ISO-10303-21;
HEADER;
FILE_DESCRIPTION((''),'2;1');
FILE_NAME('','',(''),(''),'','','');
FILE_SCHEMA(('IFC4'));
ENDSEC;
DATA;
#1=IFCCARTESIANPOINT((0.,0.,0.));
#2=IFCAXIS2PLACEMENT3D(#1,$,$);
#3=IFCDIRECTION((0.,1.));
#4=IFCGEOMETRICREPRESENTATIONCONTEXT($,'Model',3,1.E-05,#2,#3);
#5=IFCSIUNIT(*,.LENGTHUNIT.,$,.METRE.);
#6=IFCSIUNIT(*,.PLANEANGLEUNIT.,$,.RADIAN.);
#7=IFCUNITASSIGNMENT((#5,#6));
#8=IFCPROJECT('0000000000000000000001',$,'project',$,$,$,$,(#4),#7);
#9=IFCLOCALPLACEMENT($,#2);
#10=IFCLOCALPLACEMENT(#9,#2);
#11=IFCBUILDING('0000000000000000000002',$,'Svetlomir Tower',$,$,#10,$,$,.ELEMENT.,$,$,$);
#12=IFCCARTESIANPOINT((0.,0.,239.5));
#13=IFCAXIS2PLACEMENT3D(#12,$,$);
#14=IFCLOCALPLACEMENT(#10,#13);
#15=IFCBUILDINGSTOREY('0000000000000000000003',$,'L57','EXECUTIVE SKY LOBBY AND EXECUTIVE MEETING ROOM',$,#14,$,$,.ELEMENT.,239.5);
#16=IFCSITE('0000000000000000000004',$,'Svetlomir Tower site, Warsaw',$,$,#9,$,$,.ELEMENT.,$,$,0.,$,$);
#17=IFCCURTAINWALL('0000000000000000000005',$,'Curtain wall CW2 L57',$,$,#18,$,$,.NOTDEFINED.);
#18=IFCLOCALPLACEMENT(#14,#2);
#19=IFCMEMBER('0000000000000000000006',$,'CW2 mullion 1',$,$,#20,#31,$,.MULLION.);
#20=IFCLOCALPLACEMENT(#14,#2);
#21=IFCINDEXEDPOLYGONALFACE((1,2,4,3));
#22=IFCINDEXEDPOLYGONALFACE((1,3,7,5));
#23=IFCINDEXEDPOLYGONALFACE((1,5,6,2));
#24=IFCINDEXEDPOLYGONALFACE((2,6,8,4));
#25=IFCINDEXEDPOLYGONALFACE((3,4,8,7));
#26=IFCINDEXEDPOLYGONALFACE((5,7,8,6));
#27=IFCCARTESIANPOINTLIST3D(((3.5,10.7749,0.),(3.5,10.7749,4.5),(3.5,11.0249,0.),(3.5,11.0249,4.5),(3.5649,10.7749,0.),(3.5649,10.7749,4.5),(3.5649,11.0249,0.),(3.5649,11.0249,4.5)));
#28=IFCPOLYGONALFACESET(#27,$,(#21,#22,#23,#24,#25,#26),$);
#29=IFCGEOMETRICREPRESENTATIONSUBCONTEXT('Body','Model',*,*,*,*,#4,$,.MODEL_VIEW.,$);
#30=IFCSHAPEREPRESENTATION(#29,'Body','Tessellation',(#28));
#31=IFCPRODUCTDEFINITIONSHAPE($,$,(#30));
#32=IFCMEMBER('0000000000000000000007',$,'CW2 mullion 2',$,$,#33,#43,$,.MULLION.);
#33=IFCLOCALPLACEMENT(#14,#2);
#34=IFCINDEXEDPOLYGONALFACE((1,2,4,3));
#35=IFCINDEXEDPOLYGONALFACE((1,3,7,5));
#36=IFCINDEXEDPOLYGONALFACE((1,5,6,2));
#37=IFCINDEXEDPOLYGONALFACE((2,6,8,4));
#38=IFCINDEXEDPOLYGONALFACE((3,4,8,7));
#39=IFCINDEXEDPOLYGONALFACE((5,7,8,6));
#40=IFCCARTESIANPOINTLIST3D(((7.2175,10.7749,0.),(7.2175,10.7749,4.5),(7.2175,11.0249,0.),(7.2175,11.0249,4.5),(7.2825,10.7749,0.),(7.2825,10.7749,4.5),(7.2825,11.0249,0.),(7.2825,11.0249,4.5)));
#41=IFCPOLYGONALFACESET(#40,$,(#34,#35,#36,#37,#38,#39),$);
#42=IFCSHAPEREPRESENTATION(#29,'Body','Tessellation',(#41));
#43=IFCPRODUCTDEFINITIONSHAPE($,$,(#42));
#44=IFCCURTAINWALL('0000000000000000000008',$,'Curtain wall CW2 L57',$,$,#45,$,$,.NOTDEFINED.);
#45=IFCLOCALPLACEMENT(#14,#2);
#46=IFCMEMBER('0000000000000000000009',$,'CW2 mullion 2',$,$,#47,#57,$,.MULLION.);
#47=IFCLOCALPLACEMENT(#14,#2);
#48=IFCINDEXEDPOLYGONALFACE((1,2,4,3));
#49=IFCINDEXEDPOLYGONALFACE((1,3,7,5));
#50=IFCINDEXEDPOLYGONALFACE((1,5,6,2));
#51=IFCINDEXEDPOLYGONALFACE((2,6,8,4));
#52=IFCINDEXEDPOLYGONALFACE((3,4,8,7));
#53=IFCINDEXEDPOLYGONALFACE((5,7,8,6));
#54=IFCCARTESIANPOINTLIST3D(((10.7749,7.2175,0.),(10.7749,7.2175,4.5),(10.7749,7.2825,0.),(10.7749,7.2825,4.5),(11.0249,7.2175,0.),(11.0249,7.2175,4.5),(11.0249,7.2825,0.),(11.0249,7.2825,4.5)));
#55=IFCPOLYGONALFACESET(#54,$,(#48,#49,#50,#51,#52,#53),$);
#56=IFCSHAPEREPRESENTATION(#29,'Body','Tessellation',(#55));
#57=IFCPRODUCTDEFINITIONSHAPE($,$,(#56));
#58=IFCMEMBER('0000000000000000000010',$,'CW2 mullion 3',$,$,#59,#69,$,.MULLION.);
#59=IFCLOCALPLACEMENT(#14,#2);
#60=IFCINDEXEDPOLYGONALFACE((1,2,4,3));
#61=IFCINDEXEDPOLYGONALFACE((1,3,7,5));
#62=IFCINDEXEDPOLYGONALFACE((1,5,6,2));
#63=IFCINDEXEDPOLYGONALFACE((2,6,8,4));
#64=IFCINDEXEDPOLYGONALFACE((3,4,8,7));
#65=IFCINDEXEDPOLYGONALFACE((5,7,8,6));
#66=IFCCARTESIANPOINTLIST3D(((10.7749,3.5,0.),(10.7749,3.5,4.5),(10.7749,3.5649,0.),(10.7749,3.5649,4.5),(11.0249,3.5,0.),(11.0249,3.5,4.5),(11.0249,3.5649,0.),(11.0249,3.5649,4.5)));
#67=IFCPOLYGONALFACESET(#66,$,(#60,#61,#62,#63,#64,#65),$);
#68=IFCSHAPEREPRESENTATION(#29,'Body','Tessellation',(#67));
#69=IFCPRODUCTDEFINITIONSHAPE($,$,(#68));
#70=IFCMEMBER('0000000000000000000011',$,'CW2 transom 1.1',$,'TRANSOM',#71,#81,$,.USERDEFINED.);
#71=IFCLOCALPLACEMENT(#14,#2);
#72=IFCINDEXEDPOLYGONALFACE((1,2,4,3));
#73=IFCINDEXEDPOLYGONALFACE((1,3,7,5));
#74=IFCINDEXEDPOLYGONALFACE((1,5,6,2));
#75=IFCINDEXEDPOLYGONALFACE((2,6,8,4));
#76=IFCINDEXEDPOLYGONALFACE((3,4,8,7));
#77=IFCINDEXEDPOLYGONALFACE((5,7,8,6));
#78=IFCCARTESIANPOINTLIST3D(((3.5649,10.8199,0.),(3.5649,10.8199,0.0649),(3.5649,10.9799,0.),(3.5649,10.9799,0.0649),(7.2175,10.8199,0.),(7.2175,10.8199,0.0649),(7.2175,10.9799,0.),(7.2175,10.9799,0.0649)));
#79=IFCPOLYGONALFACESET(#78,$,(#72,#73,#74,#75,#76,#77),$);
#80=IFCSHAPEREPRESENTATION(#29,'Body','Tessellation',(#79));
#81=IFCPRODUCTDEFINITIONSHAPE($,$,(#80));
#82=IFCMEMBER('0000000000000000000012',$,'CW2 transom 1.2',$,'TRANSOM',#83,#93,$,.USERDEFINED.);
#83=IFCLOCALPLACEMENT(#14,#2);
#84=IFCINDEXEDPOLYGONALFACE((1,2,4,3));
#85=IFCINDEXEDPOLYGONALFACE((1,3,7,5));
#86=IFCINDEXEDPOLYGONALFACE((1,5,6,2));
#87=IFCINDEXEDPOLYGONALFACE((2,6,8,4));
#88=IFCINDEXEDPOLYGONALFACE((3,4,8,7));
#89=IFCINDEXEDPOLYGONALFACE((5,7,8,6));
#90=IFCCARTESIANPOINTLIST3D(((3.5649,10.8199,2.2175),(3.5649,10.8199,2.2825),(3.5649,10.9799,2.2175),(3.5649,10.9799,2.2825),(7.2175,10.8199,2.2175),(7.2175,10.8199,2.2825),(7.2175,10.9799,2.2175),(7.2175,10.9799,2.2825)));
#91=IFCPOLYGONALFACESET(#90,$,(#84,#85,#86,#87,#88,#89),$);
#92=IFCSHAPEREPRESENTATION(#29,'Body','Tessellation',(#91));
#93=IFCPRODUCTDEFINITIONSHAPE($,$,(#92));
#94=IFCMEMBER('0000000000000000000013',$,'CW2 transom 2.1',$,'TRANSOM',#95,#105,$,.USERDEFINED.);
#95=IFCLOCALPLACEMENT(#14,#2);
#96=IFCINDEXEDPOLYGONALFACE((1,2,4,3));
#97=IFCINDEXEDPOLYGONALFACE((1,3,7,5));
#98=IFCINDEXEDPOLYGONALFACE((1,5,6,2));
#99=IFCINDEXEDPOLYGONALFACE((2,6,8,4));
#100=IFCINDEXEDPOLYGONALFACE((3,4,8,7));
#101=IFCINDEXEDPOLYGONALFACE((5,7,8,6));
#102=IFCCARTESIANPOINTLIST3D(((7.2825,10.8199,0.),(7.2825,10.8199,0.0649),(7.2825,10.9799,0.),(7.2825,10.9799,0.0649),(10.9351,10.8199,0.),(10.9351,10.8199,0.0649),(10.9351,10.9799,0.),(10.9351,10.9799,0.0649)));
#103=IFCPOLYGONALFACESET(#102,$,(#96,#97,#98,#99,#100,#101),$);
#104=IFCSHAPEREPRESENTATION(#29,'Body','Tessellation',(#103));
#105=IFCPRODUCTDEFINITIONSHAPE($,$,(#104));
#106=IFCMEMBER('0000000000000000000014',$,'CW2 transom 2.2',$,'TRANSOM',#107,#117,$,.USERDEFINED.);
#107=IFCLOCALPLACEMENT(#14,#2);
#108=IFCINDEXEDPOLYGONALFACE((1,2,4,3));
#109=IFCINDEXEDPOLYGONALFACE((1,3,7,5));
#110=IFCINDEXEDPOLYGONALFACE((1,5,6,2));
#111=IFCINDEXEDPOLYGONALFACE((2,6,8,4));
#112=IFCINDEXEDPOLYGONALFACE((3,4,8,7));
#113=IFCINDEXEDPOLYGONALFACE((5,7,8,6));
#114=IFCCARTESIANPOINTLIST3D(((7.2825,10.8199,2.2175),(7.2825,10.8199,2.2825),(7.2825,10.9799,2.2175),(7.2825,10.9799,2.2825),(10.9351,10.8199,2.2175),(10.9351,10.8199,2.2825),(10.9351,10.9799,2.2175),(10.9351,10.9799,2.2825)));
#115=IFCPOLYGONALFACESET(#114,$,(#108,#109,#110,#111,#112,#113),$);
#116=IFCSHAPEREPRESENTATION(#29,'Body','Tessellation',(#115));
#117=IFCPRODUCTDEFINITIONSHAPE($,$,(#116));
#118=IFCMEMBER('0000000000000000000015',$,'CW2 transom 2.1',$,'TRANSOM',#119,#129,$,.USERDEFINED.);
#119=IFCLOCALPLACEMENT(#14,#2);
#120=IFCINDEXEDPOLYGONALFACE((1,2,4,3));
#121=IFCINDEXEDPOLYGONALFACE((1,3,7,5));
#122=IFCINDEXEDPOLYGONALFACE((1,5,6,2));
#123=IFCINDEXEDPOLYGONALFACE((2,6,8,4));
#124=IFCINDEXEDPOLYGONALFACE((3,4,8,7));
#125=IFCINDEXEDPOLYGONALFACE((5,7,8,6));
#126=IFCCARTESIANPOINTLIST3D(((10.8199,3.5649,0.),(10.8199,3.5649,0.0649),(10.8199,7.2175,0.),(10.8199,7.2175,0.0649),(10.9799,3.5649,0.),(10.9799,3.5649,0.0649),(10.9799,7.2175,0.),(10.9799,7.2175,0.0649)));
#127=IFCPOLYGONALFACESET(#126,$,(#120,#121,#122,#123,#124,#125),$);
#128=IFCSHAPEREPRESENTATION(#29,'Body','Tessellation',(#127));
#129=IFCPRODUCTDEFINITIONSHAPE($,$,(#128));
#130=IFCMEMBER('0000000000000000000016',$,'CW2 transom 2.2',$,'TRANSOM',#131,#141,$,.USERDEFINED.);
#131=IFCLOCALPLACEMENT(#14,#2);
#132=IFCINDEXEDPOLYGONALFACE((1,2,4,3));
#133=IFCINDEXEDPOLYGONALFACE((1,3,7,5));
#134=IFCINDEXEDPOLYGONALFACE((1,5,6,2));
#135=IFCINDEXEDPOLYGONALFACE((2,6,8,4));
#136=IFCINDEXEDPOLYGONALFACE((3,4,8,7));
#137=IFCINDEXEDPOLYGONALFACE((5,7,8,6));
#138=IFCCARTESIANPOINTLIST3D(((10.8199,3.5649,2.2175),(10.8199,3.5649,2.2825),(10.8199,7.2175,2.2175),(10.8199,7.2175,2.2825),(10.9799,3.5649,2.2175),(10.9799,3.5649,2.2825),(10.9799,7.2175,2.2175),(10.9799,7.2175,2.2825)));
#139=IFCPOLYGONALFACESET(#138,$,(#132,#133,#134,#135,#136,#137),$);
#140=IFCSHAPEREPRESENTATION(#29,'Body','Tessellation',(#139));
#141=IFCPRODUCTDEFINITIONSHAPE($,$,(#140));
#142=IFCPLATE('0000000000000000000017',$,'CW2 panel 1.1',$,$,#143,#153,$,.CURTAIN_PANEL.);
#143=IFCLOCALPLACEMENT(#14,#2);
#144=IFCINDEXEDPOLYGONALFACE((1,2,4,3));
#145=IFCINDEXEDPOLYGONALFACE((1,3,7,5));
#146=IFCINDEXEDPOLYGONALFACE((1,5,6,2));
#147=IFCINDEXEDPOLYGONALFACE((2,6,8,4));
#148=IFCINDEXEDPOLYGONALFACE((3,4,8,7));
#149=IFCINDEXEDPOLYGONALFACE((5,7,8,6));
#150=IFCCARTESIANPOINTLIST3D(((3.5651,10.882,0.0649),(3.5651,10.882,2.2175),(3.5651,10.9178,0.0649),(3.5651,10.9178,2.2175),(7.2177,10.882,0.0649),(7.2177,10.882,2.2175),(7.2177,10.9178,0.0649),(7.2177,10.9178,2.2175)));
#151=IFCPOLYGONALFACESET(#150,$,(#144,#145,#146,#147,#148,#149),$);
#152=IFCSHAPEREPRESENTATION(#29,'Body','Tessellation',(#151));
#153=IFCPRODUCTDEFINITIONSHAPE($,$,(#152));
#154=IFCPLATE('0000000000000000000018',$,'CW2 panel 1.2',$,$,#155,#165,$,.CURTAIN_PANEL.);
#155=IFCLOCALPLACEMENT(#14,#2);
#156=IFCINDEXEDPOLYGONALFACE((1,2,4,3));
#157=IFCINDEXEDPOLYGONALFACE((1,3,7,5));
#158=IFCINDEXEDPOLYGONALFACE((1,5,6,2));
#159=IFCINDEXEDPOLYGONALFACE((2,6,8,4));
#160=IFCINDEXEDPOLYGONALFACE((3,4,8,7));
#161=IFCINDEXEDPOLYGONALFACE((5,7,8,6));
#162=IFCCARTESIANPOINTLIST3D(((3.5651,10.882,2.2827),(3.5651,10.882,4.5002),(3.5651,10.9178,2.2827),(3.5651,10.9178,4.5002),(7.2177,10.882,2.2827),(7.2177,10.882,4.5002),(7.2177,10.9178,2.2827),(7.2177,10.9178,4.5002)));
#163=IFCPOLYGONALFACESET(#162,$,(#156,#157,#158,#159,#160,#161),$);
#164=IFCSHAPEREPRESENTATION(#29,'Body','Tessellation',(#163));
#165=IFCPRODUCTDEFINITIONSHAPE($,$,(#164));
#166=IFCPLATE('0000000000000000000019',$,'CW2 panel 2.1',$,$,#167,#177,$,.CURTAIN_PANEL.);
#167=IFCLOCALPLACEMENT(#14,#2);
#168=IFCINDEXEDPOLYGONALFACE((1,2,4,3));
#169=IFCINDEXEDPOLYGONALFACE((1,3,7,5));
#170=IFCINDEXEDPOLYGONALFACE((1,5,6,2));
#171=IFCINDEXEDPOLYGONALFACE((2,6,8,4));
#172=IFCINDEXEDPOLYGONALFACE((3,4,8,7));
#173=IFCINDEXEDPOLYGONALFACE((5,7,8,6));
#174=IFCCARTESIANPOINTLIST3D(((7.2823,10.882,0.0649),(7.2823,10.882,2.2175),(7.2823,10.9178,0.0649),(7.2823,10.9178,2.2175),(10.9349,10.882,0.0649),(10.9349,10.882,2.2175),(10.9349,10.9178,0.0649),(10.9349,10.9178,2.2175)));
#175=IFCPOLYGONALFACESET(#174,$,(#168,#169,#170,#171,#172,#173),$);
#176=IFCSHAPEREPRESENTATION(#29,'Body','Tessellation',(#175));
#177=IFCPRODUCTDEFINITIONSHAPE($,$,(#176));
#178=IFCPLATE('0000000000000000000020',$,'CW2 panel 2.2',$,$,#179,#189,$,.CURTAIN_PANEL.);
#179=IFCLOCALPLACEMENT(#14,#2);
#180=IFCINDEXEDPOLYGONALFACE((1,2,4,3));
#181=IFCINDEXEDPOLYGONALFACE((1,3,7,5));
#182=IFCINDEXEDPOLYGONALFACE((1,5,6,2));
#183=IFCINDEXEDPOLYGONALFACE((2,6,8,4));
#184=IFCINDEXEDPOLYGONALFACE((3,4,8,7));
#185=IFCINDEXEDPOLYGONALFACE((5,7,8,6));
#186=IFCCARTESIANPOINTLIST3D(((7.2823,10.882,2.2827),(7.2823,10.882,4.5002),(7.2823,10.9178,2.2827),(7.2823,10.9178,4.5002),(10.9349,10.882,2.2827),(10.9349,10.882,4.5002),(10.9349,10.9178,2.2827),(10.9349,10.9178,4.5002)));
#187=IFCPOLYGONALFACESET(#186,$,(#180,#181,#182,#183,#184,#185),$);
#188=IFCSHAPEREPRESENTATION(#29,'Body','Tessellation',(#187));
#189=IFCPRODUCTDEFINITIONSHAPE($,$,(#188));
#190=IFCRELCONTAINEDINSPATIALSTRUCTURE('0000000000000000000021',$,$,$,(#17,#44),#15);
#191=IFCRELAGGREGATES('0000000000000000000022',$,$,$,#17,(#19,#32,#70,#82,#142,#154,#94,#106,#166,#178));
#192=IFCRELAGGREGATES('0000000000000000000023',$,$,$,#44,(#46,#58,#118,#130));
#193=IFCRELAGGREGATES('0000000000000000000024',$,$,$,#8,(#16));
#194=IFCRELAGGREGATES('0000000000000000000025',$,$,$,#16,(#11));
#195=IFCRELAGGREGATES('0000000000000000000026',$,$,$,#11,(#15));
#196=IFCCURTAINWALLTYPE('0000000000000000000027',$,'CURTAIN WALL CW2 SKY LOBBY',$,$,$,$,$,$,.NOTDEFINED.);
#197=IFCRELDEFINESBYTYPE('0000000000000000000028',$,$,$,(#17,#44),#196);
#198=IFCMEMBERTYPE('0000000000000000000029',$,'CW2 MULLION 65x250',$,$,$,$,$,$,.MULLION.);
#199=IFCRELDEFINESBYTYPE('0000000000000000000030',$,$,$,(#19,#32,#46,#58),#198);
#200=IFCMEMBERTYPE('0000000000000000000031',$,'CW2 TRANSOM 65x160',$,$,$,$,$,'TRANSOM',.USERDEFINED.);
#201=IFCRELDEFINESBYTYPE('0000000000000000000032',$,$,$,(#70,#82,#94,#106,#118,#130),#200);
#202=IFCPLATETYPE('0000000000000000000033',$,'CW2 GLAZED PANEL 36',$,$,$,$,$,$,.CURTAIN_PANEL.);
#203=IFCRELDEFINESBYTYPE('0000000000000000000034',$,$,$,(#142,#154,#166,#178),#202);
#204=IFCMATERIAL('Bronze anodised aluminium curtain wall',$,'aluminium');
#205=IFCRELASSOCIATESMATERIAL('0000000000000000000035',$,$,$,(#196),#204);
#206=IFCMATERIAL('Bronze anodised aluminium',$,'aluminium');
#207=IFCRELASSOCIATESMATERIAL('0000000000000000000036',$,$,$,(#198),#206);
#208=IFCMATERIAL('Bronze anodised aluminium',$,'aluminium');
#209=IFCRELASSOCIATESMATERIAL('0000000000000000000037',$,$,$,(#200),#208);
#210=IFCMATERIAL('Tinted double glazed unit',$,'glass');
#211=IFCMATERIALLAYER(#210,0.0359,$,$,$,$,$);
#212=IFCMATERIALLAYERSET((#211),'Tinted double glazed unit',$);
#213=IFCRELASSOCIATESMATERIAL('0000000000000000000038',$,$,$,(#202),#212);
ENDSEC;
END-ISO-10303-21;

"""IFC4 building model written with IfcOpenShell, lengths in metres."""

from ifc_helpers import new_model, si_unit, direction, frame, origin, origin_2d, place, context, subcontext, project, spatial, rectangle, extrude, material, layer, layer_set, material_profile, profile_set, type_object, element, aggregate, save


model = new_model("IFC4")

# Units and contexts
model_context = context("Model", 3, precision=1e-05, world=origin(), true_north=direction((0.0, 1.0)))
body_context = subcontext(model_context, "Body", "Model", "MODEL_VIEW")
ifc_project = project(units=[si_unit("LENGTHUNIT", "METRE"), si_unit("PLANEANGLEUNIT", "RADIAN")], contexts=[model_context])

# Site, building, storey
site_placement = place(None, origin())
site = spatial("IfcSite", under=ifc_project, at=site_placement, Name="Svetlomir Tower site, Warsaw", CompositionType="ELEMENT", RefElevation=0.0)
building_placement = place(site_placement, origin())
building = spatial("IfcBuilding", under=site, at=building_placement, Name="Svetlomir Tower", CompositionType="ELEMENT")
storey_placement = place(building_placement, frame((0.0, 0.0, 239.5)))
storey = spatial("IfcBuildingStorey", under=building, at=storey_placement, Name="L57", Description="EXECUTIVE SKY LOBBY AND EXECUTIVE MEETING ROOM", CompositionType="ELEMENT", Elevation=239.5)

# Curtain walls, members
ifc_material_1 = material(Name="Bronze anodised aluminium curtain wall", Category="aluminium")
curtain_wall_type = type_object("IfcCurtainWallType", Name="CURTAIN WALL CW2 SKY LOBBY", PredefinedType="NOTDEFINED", material=ifc_material_1)
curtain_wall_1_placement = place(storey_placement, origin())
curtain_wall_1 = element("IfcCurtainWall", 1, at=curtain_wall_1_placement, inside=storey, type_object=curtain_wall_type, Name="Curtain wall CW2 L57", PredefinedType="NOTDEFINED")
ifc_material_2 = material(Name="Bronze anodised aluminium", Category="aluminium")
ifc_material_profile_1 = material_profile(ifc_material_2, rectangle(XDim=0.0649, YDim=0.25, at=origin_2d()), Name="AL 65x250")
ifc_profile_set_1 = profile_set([ifc_material_profile_1], Name="Bronze anodised aluminium 6063-T6")
member_type_1 = type_object("IfcMemberType", Name="CW2 MULLION 65x250", PredefinedType="MULLION", material=ifc_profile_set_1)
member_1_placement = place(storey_placement, frame((3.5325, 10.8999, 0.0), z_axis=(0.0, 0.0, 1.0), x_axis=(1.0, 0.0, 0.0)))
member_1 = element("IfcMember", 2, at=member_1_placement, type_object=member_type_1, Name="CW2 mullion 1", PredefinedType="MULLION", context=body_context, shape_type="SweptSolid", body=[
    extrude(rectangle(XDim=0.0649, YDim=0.25, at=origin_2d()), origin(), (0.0, 0.0, 1.0), 4.5),
])
member_2_placement = place(storey_placement, frame((7.25, 10.8999, 0.0), z_axis=(0.0, 0.0, 1.0), x_axis=(1.0, 0.0, 0.0)))
member_2 = element("IfcMember", 3, at=member_2_placement, type_object=member_type_1, Name="CW2 mullion 2", PredefinedType="MULLION", context=body_context, shape_type="SweptSolid", body=[
    extrude(rectangle(XDim=0.0649, YDim=0.25, at=origin_2d()), origin(), (0.0, 0.0, 1.0), 4.5),
])
curtain_wall_2_placement = place(storey_placement, origin())
curtain_wall_2 = element("IfcCurtainWall", 4, at=curtain_wall_2_placement, inside=storey, type_object=curtain_wall_type, Name="Curtain wall CW2 L57", PredefinedType="NOTDEFINED")
member_3_placement = place(storey_placement, frame((10.8999, 7.25, 0.0), z_axis=(0.0, 0.0, 1.0), x_axis=(0.0, -1.0, 0.0)))
member_3 = element("IfcMember", 5, at=member_3_placement, type_object=member_type_1, Name="CW2 mullion 2", PredefinedType="MULLION", context=body_context, shape_type="SweptSolid", body=[
    extrude(rectangle(XDim=0.0649, YDim=0.25, at=origin_2d()), origin(), (0.0, 0.0, 1.0), 4.5),
])
member_4_placement = place(storey_placement, frame((10.8999, 3.5325, 0.0), z_axis=(0.0, 0.0, 1.0), x_axis=(0.0, -1.0, 0.0)))
member_4 = element("IfcMember", 6, at=member_4_placement, type_object=member_type_1, Name="CW2 mullion 3", PredefinedType="MULLION", context=body_context, shape_type="SweptSolid", body=[
    extrude(rectangle(XDim=0.0649, YDim=0.25, at=origin_2d()), origin(), (0.0, 0.0, 1.0), 4.5),
])

# Members
ifc_material_3 = material(Name="Bronze anodised aluminium", Category="aluminium")
ifc_material_profile_2 = material_profile(ifc_material_3, rectangle(XDim=0.1599, YDim=0.0649, at=origin_2d()), Name="AL 160x65")
ifc_profile_set_2 = profile_set([ifc_material_profile_2], Name="Bronze anodised aluminium 6063-T6")
member_type_2 = type_object("IfcMemberType", Name="CW2 TRANSOM 65x160", ElementType="TRANSOM", PredefinedType="USERDEFINED", material=ifc_profile_set_2)
member_5_placement = place(storey_placement, frame((3.5649, 10.8999, 0.0325), z_axis=(1.0, 0.0, 0.0), x_axis=(0.0, 1.0, 0.0)))
member_5 = element("IfcMember", 7, at=member_5_placement, type_object=member_type_2, Name="CW2 transom 1.1", ObjectType="TRANSOM", PredefinedType="USERDEFINED", context=body_context, shape_type="SweptSolid", body=[
    extrude(rectangle(XDim=0.1599, YDim=0.0649, at=origin_2d()), origin(), (0.0, 0.0, 1.0), 3.6526),
])
member_6_placement = place(storey_placement, frame((3.5649, 10.8999, 2.25), z_axis=(1.0, 0.0, 0.0), x_axis=(0.0, 1.0, 0.0)))
member_6 = element("IfcMember", 8, at=member_6_placement, type_object=member_type_2, Name="CW2 transom 1.2", ObjectType="TRANSOM", PredefinedType="USERDEFINED", context=body_context, shape_type="SweptSolid", body=[
    extrude(rectangle(XDim=0.1599, YDim=0.0649, at=origin_2d()), origin(), (0.0, 0.0, 1.0), 3.6526),
])
member_7_placement = place(storey_placement, frame((7.2825, 10.8999, 0.0325), z_axis=(1.0, 0.0, 0.0), x_axis=(0.0, 1.0, 0.0)))
member_7 = element("IfcMember", 9, at=member_7_placement, type_object=member_type_2, Name="CW2 transom 2.1", ObjectType="TRANSOM", PredefinedType="USERDEFINED", context=body_context, shape_type="SweptSolid", body=[
    extrude(rectangle(XDim=0.1599, YDim=0.0649, at=origin_2d()), origin(), (0.0, 0.0, 1.0), 3.6526),
])
member_8_placement = place(storey_placement, frame((7.2825, 10.8999, 2.25), z_axis=(1.0, 0.0, 0.0), x_axis=(0.0, 1.0, 0.0)))
member_8 = element("IfcMember", 10, at=member_8_placement, type_object=member_type_2, Name="CW2 transom 2.2", ObjectType="TRANSOM", PredefinedType="USERDEFINED", context=body_context, shape_type="SweptSolid", body=[
    extrude(rectangle(XDim=0.1599, YDim=0.0649, at=origin_2d()), origin(), (0.0, 0.0, 1.0), 3.6526),
])
member_9_placement = place(storey_placement, frame((10.8999, 7.2175, 0.0325), z_axis=(0.0, -1.0, 0.0), x_axis=(1.0, 0.0, 0.0)))
member_9 = element("IfcMember", 11, at=member_9_placement, type_object=member_type_2, Name="CW2 transom 2.1", ObjectType="TRANSOM", PredefinedType="USERDEFINED", context=body_context, shape_type="SweptSolid", body=[
    extrude(rectangle(XDim=0.1599, YDim=0.0649, at=origin_2d()), origin(), (0.0, 0.0, 1.0), 3.6526),
])
member_10_placement = place(storey_placement, frame((10.8999, 7.2175, 2.25), z_axis=(0.0, -1.0, 0.0), x_axis=(1.0, 0.0, 0.0)))
member_10 = element("IfcMember", 12, at=member_10_placement, type_object=member_type_2, Name="CW2 transom 2.2", ObjectType="TRANSOM", PredefinedType="USERDEFINED", context=body_context, shape_type="SweptSolid", body=[
    extrude(rectangle(XDim=0.1599, YDim=0.0649, at=origin_2d()), origin(), (0.0, 0.0, 1.0), 3.6526),
])

# Plates
ifc_material_4 = material(Name="Tinted double glazed unit", Category="glass")
ifc_layer_1 = layer(ifc_material_4, 0.0359)
ifc_layer_set_1 = layer_set([ifc_layer_1], Name="Tinted double glazed unit")
plate_type = type_object("IfcPlateType", Name="CW2 GLAZED PANEL 36", PredefinedType="CURTAIN_PANEL", material=ifc_layer_set_1)
plate_1_placement = place(storey_placement, frame((5.3914, 10.8999, 0.0649), z_axis=(0.0, 0.0, 1.0), x_axis=(1.0, 0.0, 0.0)))
plate_1 = element("IfcPlate", 13, at=plate_1_placement, type_object=plate_type, Name="CW2 panel 1.1", PredefinedType="CURTAIN_PANEL", context=body_context, shape_type="SweptSolid", body=[
    extrude(rectangle(XDim=3.6526, YDim=0.0359, at=origin_2d()), origin(), (0.0, 0.0, 1.0), 2.1526),
])
plate_2_placement = place(storey_placement, frame((5.3914, 10.8999, 2.2827), z_axis=(0.0, 0.0, 1.0), x_axis=(1.0, 0.0, 0.0)))
plate_2 = element("IfcPlate", 14, at=plate_2_placement, type_object=plate_type, Name="CW2 panel 1.2", PredefinedType="CURTAIN_PANEL", context=body_context, shape_type="SweptSolid", body=[
    extrude(rectangle(XDim=3.6526, YDim=0.0359, at=origin_2d()), origin(), (0.0, 0.0, 1.0), 2.2175),
])
plate_3_placement = place(storey_placement, frame((9.1086, 10.8999, 0.0649), z_axis=(0.0, 0.0, 1.0), x_axis=(1.0, 0.0, 0.0)))
plate_3 = element("IfcPlate", 15, at=plate_3_placement, type_object=plate_type, Name="CW2 panel 2.1", PredefinedType="CURTAIN_PANEL", context=body_context, shape_type="SweptSolid", body=[
    extrude(rectangle(XDim=3.6526, YDim=0.0359, at=origin_2d()), origin(), (0.0, 0.0, 1.0), 2.1526),
])
plate_4_placement = place(storey_placement, frame((9.1086, 10.8999, 2.2827), z_axis=(0.0, 0.0, 1.0), x_axis=(1.0, 0.0, 0.0)))
plate_4 = element("IfcPlate", 16, at=plate_4_placement, type_object=plate_type, Name="CW2 panel 2.2", PredefinedType="CURTAIN_PANEL", context=body_context, shape_type="SweptSolid", body=[
    extrude(rectangle(XDim=3.6526, YDim=0.0359, at=origin_2d()), origin(), (0.0, 0.0, 1.0), 2.2175),
])
aggregate(curtain_wall_1, [member_1, member_2, member_5, member_6, plate_1, plate_2, member_7, member_8, plate_3, plate_4])
aggregate(curtain_wall_2, [member_3, member_4, member_9, member_10])

save(model, "model.ifc")
